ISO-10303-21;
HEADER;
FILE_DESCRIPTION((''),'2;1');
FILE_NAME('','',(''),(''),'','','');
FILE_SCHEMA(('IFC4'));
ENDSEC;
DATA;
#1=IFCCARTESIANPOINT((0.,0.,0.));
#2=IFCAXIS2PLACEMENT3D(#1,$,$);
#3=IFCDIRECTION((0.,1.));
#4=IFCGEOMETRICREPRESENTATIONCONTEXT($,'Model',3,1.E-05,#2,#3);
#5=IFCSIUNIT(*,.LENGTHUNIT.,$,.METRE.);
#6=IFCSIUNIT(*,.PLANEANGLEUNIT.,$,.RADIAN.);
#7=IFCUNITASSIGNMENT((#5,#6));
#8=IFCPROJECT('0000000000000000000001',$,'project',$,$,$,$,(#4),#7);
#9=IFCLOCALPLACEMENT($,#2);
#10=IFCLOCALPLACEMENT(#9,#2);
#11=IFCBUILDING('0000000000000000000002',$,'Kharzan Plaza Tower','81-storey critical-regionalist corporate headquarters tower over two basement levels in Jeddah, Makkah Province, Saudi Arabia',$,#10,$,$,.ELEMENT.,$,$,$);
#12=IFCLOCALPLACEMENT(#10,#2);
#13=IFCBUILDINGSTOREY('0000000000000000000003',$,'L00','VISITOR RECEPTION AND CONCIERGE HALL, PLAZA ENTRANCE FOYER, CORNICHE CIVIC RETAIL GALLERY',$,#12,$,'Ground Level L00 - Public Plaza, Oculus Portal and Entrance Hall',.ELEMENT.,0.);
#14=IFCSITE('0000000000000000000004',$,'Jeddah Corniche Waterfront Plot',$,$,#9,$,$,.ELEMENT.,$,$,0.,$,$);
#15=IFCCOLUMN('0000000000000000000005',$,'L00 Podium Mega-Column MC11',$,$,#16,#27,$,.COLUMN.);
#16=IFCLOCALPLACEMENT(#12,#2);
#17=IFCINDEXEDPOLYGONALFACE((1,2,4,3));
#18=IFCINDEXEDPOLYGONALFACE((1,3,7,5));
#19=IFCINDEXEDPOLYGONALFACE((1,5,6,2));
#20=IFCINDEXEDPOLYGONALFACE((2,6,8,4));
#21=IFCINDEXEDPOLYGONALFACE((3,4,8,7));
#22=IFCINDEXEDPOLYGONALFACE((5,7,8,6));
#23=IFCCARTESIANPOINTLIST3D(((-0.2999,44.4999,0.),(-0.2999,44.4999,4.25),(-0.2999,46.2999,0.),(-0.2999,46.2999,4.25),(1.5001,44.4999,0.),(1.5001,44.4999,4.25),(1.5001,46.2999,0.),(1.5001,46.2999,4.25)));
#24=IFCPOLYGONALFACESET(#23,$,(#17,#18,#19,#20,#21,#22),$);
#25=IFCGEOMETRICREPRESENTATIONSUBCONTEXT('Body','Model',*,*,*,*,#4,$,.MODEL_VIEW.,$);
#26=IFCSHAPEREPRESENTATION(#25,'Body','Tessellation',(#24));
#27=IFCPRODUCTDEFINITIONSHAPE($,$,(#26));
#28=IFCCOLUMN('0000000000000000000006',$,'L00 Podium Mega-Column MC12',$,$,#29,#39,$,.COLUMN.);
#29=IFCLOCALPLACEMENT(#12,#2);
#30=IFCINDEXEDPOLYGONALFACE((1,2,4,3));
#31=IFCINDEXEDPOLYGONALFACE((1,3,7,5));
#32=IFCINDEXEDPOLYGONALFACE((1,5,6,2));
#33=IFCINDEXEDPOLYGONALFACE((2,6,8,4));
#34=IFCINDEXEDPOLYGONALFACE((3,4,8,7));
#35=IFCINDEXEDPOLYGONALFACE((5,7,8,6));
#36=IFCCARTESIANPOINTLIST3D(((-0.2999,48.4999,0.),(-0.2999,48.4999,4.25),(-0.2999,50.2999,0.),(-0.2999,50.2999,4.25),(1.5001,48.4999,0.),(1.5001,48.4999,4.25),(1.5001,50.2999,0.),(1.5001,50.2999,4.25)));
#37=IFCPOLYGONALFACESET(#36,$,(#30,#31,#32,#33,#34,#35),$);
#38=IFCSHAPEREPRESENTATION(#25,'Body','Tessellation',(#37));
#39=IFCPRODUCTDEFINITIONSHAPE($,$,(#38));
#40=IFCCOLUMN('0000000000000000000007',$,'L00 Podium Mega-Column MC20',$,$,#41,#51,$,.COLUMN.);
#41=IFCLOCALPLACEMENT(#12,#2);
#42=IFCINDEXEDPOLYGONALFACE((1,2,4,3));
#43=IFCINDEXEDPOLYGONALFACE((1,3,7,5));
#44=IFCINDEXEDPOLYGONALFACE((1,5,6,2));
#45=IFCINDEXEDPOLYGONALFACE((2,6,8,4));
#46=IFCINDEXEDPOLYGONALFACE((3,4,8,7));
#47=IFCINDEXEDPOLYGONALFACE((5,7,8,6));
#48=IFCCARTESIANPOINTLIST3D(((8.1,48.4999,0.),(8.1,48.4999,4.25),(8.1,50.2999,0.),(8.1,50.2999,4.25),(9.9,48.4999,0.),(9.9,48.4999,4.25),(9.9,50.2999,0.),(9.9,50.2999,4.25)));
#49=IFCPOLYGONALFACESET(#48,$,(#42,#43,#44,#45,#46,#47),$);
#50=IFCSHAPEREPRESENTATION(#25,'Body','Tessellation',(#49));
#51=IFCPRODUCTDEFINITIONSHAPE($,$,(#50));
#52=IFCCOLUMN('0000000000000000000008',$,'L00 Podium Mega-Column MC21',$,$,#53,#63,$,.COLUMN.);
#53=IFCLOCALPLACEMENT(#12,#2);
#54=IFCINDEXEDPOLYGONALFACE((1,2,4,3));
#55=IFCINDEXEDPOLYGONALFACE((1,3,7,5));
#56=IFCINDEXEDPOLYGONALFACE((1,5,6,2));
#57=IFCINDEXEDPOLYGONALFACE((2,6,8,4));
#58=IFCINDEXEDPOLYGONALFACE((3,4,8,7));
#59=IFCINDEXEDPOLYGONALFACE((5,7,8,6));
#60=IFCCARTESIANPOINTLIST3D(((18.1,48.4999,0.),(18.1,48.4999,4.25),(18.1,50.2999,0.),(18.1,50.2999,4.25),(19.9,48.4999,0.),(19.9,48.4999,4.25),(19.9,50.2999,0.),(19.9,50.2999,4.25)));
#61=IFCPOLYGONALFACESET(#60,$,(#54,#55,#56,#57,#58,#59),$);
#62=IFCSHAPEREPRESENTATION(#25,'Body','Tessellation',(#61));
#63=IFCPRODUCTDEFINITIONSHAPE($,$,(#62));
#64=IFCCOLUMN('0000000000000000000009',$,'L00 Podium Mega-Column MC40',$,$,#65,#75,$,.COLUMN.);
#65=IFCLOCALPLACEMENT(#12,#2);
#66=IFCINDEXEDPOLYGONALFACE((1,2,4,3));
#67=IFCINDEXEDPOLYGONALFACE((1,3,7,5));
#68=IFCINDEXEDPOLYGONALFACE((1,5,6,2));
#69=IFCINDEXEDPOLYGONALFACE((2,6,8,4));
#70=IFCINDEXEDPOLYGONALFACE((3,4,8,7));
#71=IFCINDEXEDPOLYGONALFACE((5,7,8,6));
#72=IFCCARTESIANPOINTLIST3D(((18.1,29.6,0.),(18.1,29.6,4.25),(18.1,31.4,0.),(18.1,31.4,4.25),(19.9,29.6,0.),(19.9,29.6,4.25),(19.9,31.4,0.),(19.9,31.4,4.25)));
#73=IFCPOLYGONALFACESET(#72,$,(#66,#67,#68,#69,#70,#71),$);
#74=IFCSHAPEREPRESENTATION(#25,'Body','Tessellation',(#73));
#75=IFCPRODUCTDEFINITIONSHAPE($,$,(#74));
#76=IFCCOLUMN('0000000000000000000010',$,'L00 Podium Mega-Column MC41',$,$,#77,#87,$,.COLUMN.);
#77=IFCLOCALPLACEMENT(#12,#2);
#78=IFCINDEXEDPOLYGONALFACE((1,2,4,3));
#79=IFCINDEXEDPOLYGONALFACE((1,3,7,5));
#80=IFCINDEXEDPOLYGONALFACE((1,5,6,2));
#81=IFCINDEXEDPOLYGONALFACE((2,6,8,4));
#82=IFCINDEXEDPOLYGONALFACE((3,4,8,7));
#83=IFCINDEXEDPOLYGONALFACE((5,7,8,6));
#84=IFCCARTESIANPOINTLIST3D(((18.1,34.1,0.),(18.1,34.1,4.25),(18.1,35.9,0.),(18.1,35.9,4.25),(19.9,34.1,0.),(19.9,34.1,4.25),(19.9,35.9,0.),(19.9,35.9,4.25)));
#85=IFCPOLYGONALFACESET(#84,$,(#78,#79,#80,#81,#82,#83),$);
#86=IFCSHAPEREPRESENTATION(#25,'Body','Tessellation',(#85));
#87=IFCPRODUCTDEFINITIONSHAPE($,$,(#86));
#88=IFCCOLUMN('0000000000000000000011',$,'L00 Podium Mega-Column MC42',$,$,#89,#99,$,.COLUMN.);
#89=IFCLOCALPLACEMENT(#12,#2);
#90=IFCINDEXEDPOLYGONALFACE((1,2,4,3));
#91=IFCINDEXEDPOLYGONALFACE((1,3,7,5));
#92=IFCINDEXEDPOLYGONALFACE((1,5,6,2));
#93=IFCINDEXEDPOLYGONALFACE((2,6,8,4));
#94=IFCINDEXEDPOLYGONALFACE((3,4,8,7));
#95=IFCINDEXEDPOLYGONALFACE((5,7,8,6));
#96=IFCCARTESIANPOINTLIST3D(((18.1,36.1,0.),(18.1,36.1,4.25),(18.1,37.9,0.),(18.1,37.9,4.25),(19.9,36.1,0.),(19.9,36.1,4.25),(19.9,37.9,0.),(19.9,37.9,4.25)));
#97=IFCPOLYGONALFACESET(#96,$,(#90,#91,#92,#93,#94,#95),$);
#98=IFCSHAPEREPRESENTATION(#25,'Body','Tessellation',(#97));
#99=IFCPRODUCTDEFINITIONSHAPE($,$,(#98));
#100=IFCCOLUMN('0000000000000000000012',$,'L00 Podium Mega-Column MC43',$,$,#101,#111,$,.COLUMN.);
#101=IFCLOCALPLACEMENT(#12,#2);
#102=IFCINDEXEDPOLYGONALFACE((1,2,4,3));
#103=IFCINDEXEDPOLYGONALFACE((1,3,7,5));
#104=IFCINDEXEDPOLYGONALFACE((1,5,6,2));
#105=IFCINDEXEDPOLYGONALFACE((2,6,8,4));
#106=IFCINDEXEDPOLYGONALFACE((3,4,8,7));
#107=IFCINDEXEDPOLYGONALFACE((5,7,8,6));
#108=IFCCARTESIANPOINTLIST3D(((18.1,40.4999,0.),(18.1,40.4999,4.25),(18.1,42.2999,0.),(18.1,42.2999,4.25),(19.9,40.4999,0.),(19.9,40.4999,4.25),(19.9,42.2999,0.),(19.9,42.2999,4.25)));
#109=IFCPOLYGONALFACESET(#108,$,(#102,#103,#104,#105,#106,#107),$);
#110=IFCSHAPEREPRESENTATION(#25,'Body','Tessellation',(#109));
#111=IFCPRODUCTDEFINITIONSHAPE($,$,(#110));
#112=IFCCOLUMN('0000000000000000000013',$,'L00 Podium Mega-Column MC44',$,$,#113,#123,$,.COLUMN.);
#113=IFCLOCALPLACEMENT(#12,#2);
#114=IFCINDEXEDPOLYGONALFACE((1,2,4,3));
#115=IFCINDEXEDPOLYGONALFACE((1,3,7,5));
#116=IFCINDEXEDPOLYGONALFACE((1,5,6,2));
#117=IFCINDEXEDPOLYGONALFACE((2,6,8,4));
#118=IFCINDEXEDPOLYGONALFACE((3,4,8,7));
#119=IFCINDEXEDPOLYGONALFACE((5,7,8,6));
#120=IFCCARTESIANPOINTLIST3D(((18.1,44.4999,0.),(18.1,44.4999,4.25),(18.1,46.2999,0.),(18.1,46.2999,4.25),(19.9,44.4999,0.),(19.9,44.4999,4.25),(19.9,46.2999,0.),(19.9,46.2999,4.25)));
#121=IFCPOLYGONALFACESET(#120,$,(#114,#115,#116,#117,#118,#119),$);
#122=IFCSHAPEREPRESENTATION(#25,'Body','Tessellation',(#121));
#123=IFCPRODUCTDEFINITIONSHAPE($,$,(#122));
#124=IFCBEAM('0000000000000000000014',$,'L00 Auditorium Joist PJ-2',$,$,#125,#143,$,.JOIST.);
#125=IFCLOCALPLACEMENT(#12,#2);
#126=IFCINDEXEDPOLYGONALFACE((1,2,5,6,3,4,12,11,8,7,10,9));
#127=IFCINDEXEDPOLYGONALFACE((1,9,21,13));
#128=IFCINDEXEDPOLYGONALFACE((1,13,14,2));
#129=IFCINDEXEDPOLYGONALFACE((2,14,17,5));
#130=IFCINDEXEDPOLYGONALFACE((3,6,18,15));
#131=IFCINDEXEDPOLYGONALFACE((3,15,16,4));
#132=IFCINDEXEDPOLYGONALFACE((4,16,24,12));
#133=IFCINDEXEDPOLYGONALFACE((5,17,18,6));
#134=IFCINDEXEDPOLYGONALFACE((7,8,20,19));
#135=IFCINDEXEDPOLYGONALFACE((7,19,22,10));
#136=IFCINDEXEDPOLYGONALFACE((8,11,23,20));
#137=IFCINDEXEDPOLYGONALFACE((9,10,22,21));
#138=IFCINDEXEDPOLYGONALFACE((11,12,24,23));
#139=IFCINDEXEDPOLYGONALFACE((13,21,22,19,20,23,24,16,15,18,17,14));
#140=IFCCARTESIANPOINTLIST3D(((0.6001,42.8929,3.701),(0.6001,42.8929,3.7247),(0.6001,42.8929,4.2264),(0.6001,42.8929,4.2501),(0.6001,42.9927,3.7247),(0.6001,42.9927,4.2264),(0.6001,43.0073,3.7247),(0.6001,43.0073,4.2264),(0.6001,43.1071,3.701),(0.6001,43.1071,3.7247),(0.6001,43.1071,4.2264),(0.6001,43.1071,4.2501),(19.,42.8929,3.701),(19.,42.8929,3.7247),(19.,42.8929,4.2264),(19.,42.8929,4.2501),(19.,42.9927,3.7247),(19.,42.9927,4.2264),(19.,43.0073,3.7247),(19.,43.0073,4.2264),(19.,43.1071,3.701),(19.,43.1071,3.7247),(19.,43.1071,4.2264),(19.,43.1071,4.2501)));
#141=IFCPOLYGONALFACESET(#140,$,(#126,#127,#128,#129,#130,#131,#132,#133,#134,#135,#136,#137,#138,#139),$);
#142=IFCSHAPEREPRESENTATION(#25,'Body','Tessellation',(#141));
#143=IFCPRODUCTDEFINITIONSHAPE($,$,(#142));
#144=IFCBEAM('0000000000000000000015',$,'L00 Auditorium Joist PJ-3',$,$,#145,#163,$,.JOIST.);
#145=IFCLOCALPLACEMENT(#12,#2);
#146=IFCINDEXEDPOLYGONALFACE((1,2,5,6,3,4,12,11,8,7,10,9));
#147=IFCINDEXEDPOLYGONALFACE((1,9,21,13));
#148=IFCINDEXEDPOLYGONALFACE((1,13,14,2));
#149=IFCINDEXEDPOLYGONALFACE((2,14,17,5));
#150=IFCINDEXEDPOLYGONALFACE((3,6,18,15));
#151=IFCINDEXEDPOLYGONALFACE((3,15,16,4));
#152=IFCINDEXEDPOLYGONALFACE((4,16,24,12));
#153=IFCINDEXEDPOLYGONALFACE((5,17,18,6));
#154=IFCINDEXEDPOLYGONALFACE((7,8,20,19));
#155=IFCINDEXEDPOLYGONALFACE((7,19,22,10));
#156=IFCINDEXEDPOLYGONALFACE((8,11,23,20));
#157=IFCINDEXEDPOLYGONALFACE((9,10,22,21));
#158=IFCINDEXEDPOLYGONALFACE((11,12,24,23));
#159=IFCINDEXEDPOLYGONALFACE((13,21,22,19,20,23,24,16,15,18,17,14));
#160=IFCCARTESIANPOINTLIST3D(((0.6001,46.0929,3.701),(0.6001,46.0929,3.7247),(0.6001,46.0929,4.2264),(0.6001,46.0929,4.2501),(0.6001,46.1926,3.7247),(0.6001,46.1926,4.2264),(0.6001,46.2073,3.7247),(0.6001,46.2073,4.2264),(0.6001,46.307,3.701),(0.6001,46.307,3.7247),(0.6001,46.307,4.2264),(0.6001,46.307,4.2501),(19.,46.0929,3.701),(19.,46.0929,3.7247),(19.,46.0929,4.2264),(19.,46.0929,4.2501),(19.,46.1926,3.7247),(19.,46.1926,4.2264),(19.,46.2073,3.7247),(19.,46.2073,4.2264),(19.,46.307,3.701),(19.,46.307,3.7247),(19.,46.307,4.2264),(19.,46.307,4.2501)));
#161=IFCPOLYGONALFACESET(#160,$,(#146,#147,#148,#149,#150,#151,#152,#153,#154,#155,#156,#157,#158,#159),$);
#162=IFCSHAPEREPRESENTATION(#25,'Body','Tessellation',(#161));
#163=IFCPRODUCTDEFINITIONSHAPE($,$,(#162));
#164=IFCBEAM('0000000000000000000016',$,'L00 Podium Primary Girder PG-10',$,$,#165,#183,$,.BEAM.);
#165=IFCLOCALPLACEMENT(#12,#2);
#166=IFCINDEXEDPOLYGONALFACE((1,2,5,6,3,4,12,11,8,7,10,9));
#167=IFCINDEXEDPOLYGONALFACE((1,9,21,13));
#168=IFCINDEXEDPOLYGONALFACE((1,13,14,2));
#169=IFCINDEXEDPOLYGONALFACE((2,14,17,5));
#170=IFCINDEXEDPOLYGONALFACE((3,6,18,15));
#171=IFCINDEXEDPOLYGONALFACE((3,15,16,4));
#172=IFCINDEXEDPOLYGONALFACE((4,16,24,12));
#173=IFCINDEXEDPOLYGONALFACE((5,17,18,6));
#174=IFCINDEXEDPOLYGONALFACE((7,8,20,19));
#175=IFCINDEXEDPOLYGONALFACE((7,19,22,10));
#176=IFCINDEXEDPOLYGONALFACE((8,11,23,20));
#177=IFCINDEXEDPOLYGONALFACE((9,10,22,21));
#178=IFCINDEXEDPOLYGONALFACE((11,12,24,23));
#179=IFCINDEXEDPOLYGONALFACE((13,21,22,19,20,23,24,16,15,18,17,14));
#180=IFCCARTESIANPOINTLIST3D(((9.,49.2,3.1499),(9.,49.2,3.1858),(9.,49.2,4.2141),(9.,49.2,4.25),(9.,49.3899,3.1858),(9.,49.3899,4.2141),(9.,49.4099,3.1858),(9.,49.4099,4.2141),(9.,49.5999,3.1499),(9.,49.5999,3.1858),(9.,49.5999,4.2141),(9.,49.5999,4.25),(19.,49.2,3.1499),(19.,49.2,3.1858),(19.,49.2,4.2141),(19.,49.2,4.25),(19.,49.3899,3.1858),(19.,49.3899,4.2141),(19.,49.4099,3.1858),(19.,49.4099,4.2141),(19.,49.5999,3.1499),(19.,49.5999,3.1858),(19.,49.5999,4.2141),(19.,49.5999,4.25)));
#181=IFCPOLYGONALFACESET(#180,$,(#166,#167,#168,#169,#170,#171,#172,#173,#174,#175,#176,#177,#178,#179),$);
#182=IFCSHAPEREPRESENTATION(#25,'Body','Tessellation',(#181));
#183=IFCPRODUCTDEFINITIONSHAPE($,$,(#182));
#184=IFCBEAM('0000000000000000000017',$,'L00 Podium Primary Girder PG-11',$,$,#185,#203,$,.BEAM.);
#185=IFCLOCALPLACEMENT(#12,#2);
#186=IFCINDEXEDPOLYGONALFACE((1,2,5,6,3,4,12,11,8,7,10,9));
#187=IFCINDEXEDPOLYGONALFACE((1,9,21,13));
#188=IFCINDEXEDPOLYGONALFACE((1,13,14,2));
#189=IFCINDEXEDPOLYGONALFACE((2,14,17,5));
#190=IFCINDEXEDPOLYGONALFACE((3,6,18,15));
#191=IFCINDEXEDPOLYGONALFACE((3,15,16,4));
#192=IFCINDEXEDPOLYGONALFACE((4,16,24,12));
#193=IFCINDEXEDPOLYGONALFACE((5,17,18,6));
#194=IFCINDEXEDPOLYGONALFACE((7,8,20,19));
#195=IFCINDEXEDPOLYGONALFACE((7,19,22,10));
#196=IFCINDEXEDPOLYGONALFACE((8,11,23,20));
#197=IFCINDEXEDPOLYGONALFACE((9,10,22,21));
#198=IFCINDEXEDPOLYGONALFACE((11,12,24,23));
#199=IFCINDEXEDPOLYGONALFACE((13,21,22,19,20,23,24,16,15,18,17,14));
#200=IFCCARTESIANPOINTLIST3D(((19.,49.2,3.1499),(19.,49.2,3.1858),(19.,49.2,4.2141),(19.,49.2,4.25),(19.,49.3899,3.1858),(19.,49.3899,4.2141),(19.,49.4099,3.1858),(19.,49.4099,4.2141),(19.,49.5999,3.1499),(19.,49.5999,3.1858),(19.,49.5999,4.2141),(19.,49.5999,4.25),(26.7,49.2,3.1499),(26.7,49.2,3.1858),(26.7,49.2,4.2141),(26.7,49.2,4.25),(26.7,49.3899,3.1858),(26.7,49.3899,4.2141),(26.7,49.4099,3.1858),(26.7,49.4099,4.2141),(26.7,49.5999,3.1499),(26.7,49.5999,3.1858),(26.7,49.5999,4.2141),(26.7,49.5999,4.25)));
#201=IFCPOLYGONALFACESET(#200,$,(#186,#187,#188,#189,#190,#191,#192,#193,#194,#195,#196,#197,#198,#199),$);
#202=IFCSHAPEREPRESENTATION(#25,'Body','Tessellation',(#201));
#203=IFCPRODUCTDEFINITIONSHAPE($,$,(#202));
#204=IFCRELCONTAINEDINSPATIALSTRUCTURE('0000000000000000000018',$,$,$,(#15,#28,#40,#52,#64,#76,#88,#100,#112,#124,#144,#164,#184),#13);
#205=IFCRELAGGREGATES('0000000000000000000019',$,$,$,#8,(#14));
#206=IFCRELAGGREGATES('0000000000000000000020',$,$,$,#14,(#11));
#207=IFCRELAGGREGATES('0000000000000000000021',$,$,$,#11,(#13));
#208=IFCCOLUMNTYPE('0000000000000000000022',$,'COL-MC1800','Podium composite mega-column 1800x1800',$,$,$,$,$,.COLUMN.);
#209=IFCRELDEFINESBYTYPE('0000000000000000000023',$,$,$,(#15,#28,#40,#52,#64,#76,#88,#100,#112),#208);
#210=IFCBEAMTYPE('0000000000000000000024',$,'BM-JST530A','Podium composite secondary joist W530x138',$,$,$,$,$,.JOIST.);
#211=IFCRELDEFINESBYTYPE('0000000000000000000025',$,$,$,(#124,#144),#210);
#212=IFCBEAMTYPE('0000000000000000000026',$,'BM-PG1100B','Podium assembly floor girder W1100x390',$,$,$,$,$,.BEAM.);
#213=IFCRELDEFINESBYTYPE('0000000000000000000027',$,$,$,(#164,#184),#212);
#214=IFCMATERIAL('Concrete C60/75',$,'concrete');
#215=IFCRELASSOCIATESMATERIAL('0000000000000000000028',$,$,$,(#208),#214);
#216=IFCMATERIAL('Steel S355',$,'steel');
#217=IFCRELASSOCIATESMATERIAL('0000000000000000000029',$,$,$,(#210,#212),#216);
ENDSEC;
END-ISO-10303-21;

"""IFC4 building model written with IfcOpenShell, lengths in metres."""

from ifc_helpers import new_model, si_unit, direction, frame, origin, origin_2d, place, context, subcontext, project, spatial, rectangle, i_section, extrude, source, transform, mapped, material, material_profile, profile_set, type_object, element, save


model = new_model("IFC4")

# Units and contexts
model_context = context("Model", 3, precision=1e-05, world=origin(), true_north=direction((0.0, 1.0)))
body_context = subcontext(model_context, "Body", "Model", "MODEL_VIEW")
ifc_project = project(units=[si_unit("LENGTHUNIT", "METRE"), si_unit("PLANEANGLEUNIT", "RADIAN")], contexts=[model_context])

# Site, building, storey
site_placement = place(None, origin())
site = spatial("IfcSite", under=ifc_project, at=site_placement, Name="Jeddah Corniche Waterfront Plot", CompositionType="ELEMENT", RefElevation=0.0)
building_placement = place(site_placement, origin())
building = spatial("IfcBuilding", under=site, at=building_placement, Name="Kharzan Plaza Tower", Description="81-storey critical-regionalist corporate headquarters tower over two basement levels in Jeddah, Makkah Province, Saudi Arabia", CompositionType="ELEMENT")
storey_placement = place(building_placement, origin())
storey = spatial("IfcBuildingStorey", under=building, at=storey_placement, Name="L00", Description="VISITOR RECEPTION AND CONCIERGE HALL, PLAZA ENTRANCE FOYER, CORNICHE CIVIC RETAIL GALLERY", LongName="Ground Level L00 - Public Plaza, Oculus Portal and Entrance Hall", CompositionType="ELEMENT", Elevation=0.0)

# Columns
ifc_material_1 = material(Name="Concrete C60/75", Category="concrete")
ifc_material_profile_1 = material_profile(ifc_material_1, rectangle(XDim=1.8, YDim=1.8, at=origin_2d()), Name="RC-MC1800x1800")
ifc_profile_set_1 = profile_set([ifc_material_profile_1], Name="Concrete C60/75")
column_type = type_object("IfcColumnType", Name="COL-MC1800", Description="Podium composite mega-column 1800x1800", PredefinedType="COLUMN", material=ifc_profile_set_1)
shared_shape_1 = source(origin(), body_context, "Body", "SweptSolid", [
    extrude(rectangle(XDim=1.8, YDim=1.8, at=origin_2d()), origin(), (0.0, 0.0, 1.0), 4.25),
])
for number, where, z_axis, x_axis, name in (
    (1, (0.6001, 45.3999, 0.0), (0.0, 0.0, 1.0), (1.0, 0.0, 0.0), "L00 Podium Mega-Column MC11"),
    (2, (0.6001, 49.3999, 0.0), (0.0, 0.0, 1.0), (1.0, 0.0, 0.0), "L00 Podium Mega-Column MC12"),
    (3, (9.0, 49.3999, 0.0), (0.0, 0.0, 1.0), (1.0, 0.0, 0.0), "L00 Podium Mega-Column MC20"),
    (4, (19.0, 49.3999, 0.0), (0.0, 0.0, 1.0), (1.0, 0.0, 0.0), "L00 Podium Mega-Column MC21"),
    (5, (19.0, 30.5, 0.0), (0.0, 0.0, 1.0), (1.0, 0.0, 0.0), "L00 Podium Mega-Column MC40"),
    (6, (19.0, 35.0, 0.0), (0.0, 0.0, 1.0), (1.0, 0.0, 0.0), "L00 Podium Mega-Column MC41"),
    (7, (19.0, 37.0, 0.0), (0.0, 0.0, 1.0), (1.0, 0.0, 0.0), "L00 Podium Mega-Column MC42"),
    (8, (19.0, 41.3999, 0.0), (0.0, 0.0, 1.0), (1.0, 0.0, 0.0), "L00 Podium Mega-Column MC43"),
    (9, (19.0, 45.3999, 0.0), (0.0, 0.0, 1.0), (1.0, 0.0, 0.0), "L00 Podium Mega-Column MC44"),
):
    element("IfcColumn", number, at=place(storey_placement, frame(where, z_axis=z_axis, x_axis=x_axis)), inside=storey, type_object=column_type, Name=name, PredefinedType="COLUMN", context=body_context, shape_type="MappedRepresentation", body=[
        mapped(shared_shape_1, transform((0.0, 0.0, 0.0), x_axis=(1.0, 0.0, 0.0), y_axis=(0.0, 1.0, 0.0), z_axis=(0.0, 0.0, 1.0))),
    ])

# Beams
ifc_material_2 = material(Name="Steel S355", Category="steel")
ifc_material_profile_2 = material_profile(ifc_material_2, i_section(OverallWidth=0.2141, OverallDepth=0.5491, WebThickness=0.0146, FlangeThickness=0.0237, at=origin_2d()), Name="W530x138")
ifc_profile_set_2 = profile_set([ifc_material_profile_2], Name="Steel S355")
beam_type_1 = type_object("IfcBeamType", Name="BM-JST530A", Description="Podium composite secondary joist W530x138", PredefinedType="JOIST", material=ifc_profile_set_2)
shared_shape_2 = source(origin(), body_context, "Body", "SweptSolid", [
    extrude(i_section(OverallWidth=0.2141, OverallDepth=0.5491, WebThickness=0.0146, FlangeThickness=0.0237, at=origin_2d()), origin(), (0.0, 0.0, 1.0), 18.3999),
])
for number, where, z_axis, x_axis, name in (
    (10, (0.6001, 43.0, 3.9756), (1.0, 0.0, 0.0), (0.0, 1.0, 0.0), "L00 Auditorium Joist PJ-2"),
    (11, (0.6001, 46.2, 3.9756), (1.0, 0.0, 0.0), (0.0, 1.0, 0.0), "L00 Auditorium Joist PJ-3"),
):
    element("IfcBeam", number, at=place(storey_placement, frame(where, z_axis=z_axis, x_axis=x_axis)), inside=storey, type_object=beam_type_1, Name=name, PredefinedType="JOIST", context=body_context, shape_type="MappedRepresentation", body=[
        mapped(shared_shape_2, transform((0.0, 0.0, 0.0), x_axis=(1.0, 0.0, 0.0), y_axis=(0.0, 1.0, 0.0), z_axis=(0.0, 0.0, 1.0))),
    ])
ifc_material_profile_3 = material_profile(ifc_material_2, i_section(OverallWidth=0.3999, OverallDepth=1.1001, WebThickness=0.02, FlangeThickness=0.0359, at=origin_2d()), Name="W1100x390")
ifc_profile_set_3 = profile_set([ifc_material_profile_3], Name="Steel S355")
beam_type_2 = type_object("IfcBeamType", Name="BM-PG1100B", Description="Podium assembly floor girder W1100x390", PredefinedType="BEAM", material=ifc_profile_set_3)
shared_shape_3 = source(origin(), body_context, "Body", "SweptSolid", [
    extrude(i_section(OverallWidth=0.3999, OverallDepth=1.1001, WebThickness=0.02, FlangeThickness=0.0359, at=origin_2d()), origin(), (0.0, 0.0, 1.0), 10.0),
])
beam_1_placement = place(storey_placement, frame((9.0, 49.3999, 3.7), z_axis=(1.0, 0.0, 0.0), x_axis=(0.0, 1.0, 0.0)))
element("IfcBeam", 12, at=beam_1_placement, inside=storey, type_object=beam_type_2, Name="L00 Podium Primary Girder PG-10", PredefinedType="BEAM", context=body_context, shape_type="MappedRepresentation", body=[
    mapped(shared_shape_3, transform((0.0, 0.0, 0.0), x_axis=(1.0, 0.0, 0.0), y_axis=(0.0, 1.0, 0.0), z_axis=(0.0, 0.0, 1.0))),
])
shared_shape_4 = source(origin(), body_context, "Body", "SweptSolid", [
    extrude(i_section(OverallWidth=0.3999, OverallDepth=1.1001, WebThickness=0.02, FlangeThickness=0.0359, at=origin_2d()), origin(), (0.0, 0.0, 1.0), 7.7),
])
for number, where, z_axis, x_axis, name in (
    (13, (19.0, 49.3999, 3.7), (1.0, 0.0, 0.0), (0.0, 1.0, 0.0), "L00 Podium Primary Girder PG-11"),
):
    element("IfcBeam", number, at=place(storey_placement, frame(where, z_axis=z_axis, x_axis=x_axis)), inside=storey, type_object=beam_type_2, Name=name, PredefinedType="BEAM", context=body_context, shape_type="MappedRepresentation", body=[
        mapped(shared_shape_4, transform((0.0, 0.0, 0.0), x_axis=(1.0, 0.0, 0.0), y_axis=(0.0, 1.0, 0.0), z_axis=(0.0, 0.0, 1.0))),
    ])

save(model, "model.ifc")
